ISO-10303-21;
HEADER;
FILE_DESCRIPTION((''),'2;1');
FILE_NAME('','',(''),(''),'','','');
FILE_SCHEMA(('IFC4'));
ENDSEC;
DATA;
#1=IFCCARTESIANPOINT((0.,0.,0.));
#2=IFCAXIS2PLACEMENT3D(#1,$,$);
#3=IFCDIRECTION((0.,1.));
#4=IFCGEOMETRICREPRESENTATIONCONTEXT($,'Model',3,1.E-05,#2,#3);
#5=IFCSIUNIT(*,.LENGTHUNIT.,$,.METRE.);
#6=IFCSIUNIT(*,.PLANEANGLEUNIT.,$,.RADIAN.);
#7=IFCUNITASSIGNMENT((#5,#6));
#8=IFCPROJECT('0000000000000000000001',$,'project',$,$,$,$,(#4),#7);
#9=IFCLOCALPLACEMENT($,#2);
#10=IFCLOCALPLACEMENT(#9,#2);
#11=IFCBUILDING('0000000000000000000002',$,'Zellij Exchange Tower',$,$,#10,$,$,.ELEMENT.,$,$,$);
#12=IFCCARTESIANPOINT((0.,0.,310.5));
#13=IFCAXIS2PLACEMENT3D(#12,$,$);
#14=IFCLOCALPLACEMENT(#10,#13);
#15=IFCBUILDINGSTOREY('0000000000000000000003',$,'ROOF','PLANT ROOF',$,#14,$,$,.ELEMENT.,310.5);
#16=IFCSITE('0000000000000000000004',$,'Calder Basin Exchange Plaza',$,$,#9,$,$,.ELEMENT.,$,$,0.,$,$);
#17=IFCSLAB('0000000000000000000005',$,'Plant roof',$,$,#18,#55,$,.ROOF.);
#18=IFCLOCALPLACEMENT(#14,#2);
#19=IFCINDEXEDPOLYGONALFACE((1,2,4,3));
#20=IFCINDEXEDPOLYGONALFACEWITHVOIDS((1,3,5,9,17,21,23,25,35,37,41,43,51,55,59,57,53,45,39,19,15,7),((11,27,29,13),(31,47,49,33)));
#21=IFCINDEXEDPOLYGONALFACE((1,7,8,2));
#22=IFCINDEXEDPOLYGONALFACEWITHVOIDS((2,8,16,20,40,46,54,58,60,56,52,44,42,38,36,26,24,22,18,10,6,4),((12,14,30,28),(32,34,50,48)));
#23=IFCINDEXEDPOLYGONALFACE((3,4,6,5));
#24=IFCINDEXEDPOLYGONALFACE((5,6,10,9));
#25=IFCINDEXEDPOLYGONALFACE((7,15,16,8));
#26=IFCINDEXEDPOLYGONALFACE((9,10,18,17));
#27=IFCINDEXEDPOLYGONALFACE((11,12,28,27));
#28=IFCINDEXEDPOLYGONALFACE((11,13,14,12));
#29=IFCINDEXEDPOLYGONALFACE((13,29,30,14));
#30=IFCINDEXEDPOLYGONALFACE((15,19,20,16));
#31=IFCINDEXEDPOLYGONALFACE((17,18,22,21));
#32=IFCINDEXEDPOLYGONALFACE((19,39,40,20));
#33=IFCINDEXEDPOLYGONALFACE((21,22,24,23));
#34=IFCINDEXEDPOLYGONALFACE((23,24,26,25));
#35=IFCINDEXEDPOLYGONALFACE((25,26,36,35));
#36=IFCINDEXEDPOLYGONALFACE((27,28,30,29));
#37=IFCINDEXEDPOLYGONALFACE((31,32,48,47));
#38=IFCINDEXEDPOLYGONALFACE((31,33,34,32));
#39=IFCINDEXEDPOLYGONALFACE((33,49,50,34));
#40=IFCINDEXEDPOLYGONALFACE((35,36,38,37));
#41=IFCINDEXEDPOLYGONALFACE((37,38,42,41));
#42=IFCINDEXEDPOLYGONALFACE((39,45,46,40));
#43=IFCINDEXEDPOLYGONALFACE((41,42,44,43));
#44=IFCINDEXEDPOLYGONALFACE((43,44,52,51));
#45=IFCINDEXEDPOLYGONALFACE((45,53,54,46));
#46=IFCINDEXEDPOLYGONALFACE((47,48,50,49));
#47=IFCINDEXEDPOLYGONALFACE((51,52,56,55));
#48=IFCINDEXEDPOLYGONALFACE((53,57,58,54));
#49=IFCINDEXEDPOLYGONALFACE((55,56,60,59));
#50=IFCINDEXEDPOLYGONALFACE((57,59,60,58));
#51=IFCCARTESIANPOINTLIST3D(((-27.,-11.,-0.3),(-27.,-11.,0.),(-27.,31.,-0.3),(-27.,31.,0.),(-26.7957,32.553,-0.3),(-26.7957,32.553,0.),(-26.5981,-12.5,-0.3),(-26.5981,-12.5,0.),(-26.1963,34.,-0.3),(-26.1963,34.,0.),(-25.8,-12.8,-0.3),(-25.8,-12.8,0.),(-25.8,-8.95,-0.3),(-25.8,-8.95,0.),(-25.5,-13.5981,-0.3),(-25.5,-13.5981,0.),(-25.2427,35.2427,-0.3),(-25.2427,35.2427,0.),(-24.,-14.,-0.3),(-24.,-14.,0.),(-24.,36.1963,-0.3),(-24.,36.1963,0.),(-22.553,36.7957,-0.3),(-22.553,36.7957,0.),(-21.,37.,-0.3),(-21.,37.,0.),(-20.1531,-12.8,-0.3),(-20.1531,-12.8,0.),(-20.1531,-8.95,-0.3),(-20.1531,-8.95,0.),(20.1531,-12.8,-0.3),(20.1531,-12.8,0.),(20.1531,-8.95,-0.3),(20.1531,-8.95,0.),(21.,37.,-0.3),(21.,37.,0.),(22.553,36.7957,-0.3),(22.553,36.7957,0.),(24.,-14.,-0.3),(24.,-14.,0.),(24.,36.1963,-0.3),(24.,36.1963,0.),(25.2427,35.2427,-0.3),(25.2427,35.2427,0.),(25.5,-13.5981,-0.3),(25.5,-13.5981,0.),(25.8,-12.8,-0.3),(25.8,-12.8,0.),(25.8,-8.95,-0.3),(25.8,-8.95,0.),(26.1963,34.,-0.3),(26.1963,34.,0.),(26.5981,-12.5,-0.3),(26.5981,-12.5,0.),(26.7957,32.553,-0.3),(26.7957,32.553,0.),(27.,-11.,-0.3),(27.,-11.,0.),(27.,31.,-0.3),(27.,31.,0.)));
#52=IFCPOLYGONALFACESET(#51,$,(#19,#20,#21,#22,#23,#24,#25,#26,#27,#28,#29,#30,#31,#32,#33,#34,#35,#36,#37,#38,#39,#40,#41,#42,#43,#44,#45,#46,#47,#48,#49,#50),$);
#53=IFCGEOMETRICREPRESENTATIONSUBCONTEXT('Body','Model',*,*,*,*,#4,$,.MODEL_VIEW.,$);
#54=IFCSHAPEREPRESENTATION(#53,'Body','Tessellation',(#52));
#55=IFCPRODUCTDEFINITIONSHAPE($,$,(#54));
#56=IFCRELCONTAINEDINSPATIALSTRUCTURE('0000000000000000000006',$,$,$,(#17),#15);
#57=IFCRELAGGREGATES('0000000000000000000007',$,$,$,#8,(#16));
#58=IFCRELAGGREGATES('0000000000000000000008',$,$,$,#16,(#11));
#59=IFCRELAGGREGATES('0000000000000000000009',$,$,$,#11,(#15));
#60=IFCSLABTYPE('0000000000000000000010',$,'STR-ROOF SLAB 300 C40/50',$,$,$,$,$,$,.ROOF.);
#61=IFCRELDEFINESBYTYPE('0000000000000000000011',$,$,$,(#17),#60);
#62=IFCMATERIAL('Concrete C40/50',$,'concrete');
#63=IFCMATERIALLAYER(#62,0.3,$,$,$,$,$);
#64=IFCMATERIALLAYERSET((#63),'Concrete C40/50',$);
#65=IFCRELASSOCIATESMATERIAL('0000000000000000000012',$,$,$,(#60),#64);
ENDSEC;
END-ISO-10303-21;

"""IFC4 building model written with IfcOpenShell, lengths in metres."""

from ifc_helpers import new_model, si_unit, direction, frame, origin, place, context, subcontext, project, spatial, polyline, outline, extrude, material, layer, layer_set, type_object, element, save


model = new_model("IFC4")

# Units and contexts
model_context = context("Model", 3, precision=1e-05, world=origin(), true_north=direction((0.0, 1.0)))
body_context = subcontext(model_context, "Body", "Model", "MODEL_VIEW")
ifc_project = project(units=[si_unit("LENGTHUNIT", "METRE"), si_unit("PLANEANGLEUNIT", "RADIAN")], contexts=[model_context])

# Site, building, storey
site_placement = place(None, origin())
site = spatial("IfcSite", under=ifc_project, at=site_placement, Name="Calder Basin Exchange Plaza", CompositionType="ELEMENT", RefElevation=0.0)
building_placement = place(site_placement, origin())
building = spatial("IfcBuilding", under=site, at=building_placement, Name="Zellij Exchange Tower", CompositionType="ELEMENT")
storey_placement = place(building_placement, frame((0.0, 0.0, 310.5)))
storey = spatial("IfcBuildingStorey", under=building, at=storey_placement, Name="ROOF", Description="PLANT ROOF", CompositionType="ELEMENT", Elevation=310.5)

# Slab
ifc_material = material(Name="Concrete C40/50", Category="concrete")
ifc_layer = layer(ifc_material, 0.3)
ifc_layer_set = layer_set([ifc_layer], Name="Concrete C40/50")
slab_type = type_object("IfcSlabType", Name="STR-ROOF SLAB 300 C40/50", PredefinedType="ROOF", material=ifc_layer_set)
slab_placement = place(storey_placement, frame((0.0, 0.0, -0.3)))
element("IfcSlab", 1, at=slab_placement, inside=storey, type_object=slab_type, Name="Plant roof", PredefinedType="ROOF", context=body_context, shape_type="SweptSolid", body=[
    extrude(outline(polyline([(-24.0, -14.0), (-25.5, -13.5981), (-26.5981, -12.5), (-27.0, -11.0), (-27.0, 31.0), (-26.7957, 32.553), (-26.1963, 34.0), (-25.2427, 35.2427), (-24.0, 36.1963), (-22.553, 36.7957), (-21.0, 37.0), (21.0, 37.0), (22.553, 36.7957), (24.0, 36.1963), (25.2427, 35.2427), (26.1963, 34.0), (26.7957, 32.553), (27.0, 31.0), (27.0, -11.0), (26.5981, -12.5), (25.5, -13.5981), (24.0, -14.0), (-24.0, -14.0)]), holes=[polyline([(-20.1531, -12.8), (-20.1531, -8.95), (-25.8, -8.95), (-25.8, -12.8), (-20.1531, -12.8)]), polyline([(25.8, -12.8), (25.8, -8.95), (20.1531, -8.95), (20.1531, -12.8), (25.8, -12.8)])]), origin(), (0.0, 0.0, 1.0), 0.3),
])

save(model, "model.ifc")
